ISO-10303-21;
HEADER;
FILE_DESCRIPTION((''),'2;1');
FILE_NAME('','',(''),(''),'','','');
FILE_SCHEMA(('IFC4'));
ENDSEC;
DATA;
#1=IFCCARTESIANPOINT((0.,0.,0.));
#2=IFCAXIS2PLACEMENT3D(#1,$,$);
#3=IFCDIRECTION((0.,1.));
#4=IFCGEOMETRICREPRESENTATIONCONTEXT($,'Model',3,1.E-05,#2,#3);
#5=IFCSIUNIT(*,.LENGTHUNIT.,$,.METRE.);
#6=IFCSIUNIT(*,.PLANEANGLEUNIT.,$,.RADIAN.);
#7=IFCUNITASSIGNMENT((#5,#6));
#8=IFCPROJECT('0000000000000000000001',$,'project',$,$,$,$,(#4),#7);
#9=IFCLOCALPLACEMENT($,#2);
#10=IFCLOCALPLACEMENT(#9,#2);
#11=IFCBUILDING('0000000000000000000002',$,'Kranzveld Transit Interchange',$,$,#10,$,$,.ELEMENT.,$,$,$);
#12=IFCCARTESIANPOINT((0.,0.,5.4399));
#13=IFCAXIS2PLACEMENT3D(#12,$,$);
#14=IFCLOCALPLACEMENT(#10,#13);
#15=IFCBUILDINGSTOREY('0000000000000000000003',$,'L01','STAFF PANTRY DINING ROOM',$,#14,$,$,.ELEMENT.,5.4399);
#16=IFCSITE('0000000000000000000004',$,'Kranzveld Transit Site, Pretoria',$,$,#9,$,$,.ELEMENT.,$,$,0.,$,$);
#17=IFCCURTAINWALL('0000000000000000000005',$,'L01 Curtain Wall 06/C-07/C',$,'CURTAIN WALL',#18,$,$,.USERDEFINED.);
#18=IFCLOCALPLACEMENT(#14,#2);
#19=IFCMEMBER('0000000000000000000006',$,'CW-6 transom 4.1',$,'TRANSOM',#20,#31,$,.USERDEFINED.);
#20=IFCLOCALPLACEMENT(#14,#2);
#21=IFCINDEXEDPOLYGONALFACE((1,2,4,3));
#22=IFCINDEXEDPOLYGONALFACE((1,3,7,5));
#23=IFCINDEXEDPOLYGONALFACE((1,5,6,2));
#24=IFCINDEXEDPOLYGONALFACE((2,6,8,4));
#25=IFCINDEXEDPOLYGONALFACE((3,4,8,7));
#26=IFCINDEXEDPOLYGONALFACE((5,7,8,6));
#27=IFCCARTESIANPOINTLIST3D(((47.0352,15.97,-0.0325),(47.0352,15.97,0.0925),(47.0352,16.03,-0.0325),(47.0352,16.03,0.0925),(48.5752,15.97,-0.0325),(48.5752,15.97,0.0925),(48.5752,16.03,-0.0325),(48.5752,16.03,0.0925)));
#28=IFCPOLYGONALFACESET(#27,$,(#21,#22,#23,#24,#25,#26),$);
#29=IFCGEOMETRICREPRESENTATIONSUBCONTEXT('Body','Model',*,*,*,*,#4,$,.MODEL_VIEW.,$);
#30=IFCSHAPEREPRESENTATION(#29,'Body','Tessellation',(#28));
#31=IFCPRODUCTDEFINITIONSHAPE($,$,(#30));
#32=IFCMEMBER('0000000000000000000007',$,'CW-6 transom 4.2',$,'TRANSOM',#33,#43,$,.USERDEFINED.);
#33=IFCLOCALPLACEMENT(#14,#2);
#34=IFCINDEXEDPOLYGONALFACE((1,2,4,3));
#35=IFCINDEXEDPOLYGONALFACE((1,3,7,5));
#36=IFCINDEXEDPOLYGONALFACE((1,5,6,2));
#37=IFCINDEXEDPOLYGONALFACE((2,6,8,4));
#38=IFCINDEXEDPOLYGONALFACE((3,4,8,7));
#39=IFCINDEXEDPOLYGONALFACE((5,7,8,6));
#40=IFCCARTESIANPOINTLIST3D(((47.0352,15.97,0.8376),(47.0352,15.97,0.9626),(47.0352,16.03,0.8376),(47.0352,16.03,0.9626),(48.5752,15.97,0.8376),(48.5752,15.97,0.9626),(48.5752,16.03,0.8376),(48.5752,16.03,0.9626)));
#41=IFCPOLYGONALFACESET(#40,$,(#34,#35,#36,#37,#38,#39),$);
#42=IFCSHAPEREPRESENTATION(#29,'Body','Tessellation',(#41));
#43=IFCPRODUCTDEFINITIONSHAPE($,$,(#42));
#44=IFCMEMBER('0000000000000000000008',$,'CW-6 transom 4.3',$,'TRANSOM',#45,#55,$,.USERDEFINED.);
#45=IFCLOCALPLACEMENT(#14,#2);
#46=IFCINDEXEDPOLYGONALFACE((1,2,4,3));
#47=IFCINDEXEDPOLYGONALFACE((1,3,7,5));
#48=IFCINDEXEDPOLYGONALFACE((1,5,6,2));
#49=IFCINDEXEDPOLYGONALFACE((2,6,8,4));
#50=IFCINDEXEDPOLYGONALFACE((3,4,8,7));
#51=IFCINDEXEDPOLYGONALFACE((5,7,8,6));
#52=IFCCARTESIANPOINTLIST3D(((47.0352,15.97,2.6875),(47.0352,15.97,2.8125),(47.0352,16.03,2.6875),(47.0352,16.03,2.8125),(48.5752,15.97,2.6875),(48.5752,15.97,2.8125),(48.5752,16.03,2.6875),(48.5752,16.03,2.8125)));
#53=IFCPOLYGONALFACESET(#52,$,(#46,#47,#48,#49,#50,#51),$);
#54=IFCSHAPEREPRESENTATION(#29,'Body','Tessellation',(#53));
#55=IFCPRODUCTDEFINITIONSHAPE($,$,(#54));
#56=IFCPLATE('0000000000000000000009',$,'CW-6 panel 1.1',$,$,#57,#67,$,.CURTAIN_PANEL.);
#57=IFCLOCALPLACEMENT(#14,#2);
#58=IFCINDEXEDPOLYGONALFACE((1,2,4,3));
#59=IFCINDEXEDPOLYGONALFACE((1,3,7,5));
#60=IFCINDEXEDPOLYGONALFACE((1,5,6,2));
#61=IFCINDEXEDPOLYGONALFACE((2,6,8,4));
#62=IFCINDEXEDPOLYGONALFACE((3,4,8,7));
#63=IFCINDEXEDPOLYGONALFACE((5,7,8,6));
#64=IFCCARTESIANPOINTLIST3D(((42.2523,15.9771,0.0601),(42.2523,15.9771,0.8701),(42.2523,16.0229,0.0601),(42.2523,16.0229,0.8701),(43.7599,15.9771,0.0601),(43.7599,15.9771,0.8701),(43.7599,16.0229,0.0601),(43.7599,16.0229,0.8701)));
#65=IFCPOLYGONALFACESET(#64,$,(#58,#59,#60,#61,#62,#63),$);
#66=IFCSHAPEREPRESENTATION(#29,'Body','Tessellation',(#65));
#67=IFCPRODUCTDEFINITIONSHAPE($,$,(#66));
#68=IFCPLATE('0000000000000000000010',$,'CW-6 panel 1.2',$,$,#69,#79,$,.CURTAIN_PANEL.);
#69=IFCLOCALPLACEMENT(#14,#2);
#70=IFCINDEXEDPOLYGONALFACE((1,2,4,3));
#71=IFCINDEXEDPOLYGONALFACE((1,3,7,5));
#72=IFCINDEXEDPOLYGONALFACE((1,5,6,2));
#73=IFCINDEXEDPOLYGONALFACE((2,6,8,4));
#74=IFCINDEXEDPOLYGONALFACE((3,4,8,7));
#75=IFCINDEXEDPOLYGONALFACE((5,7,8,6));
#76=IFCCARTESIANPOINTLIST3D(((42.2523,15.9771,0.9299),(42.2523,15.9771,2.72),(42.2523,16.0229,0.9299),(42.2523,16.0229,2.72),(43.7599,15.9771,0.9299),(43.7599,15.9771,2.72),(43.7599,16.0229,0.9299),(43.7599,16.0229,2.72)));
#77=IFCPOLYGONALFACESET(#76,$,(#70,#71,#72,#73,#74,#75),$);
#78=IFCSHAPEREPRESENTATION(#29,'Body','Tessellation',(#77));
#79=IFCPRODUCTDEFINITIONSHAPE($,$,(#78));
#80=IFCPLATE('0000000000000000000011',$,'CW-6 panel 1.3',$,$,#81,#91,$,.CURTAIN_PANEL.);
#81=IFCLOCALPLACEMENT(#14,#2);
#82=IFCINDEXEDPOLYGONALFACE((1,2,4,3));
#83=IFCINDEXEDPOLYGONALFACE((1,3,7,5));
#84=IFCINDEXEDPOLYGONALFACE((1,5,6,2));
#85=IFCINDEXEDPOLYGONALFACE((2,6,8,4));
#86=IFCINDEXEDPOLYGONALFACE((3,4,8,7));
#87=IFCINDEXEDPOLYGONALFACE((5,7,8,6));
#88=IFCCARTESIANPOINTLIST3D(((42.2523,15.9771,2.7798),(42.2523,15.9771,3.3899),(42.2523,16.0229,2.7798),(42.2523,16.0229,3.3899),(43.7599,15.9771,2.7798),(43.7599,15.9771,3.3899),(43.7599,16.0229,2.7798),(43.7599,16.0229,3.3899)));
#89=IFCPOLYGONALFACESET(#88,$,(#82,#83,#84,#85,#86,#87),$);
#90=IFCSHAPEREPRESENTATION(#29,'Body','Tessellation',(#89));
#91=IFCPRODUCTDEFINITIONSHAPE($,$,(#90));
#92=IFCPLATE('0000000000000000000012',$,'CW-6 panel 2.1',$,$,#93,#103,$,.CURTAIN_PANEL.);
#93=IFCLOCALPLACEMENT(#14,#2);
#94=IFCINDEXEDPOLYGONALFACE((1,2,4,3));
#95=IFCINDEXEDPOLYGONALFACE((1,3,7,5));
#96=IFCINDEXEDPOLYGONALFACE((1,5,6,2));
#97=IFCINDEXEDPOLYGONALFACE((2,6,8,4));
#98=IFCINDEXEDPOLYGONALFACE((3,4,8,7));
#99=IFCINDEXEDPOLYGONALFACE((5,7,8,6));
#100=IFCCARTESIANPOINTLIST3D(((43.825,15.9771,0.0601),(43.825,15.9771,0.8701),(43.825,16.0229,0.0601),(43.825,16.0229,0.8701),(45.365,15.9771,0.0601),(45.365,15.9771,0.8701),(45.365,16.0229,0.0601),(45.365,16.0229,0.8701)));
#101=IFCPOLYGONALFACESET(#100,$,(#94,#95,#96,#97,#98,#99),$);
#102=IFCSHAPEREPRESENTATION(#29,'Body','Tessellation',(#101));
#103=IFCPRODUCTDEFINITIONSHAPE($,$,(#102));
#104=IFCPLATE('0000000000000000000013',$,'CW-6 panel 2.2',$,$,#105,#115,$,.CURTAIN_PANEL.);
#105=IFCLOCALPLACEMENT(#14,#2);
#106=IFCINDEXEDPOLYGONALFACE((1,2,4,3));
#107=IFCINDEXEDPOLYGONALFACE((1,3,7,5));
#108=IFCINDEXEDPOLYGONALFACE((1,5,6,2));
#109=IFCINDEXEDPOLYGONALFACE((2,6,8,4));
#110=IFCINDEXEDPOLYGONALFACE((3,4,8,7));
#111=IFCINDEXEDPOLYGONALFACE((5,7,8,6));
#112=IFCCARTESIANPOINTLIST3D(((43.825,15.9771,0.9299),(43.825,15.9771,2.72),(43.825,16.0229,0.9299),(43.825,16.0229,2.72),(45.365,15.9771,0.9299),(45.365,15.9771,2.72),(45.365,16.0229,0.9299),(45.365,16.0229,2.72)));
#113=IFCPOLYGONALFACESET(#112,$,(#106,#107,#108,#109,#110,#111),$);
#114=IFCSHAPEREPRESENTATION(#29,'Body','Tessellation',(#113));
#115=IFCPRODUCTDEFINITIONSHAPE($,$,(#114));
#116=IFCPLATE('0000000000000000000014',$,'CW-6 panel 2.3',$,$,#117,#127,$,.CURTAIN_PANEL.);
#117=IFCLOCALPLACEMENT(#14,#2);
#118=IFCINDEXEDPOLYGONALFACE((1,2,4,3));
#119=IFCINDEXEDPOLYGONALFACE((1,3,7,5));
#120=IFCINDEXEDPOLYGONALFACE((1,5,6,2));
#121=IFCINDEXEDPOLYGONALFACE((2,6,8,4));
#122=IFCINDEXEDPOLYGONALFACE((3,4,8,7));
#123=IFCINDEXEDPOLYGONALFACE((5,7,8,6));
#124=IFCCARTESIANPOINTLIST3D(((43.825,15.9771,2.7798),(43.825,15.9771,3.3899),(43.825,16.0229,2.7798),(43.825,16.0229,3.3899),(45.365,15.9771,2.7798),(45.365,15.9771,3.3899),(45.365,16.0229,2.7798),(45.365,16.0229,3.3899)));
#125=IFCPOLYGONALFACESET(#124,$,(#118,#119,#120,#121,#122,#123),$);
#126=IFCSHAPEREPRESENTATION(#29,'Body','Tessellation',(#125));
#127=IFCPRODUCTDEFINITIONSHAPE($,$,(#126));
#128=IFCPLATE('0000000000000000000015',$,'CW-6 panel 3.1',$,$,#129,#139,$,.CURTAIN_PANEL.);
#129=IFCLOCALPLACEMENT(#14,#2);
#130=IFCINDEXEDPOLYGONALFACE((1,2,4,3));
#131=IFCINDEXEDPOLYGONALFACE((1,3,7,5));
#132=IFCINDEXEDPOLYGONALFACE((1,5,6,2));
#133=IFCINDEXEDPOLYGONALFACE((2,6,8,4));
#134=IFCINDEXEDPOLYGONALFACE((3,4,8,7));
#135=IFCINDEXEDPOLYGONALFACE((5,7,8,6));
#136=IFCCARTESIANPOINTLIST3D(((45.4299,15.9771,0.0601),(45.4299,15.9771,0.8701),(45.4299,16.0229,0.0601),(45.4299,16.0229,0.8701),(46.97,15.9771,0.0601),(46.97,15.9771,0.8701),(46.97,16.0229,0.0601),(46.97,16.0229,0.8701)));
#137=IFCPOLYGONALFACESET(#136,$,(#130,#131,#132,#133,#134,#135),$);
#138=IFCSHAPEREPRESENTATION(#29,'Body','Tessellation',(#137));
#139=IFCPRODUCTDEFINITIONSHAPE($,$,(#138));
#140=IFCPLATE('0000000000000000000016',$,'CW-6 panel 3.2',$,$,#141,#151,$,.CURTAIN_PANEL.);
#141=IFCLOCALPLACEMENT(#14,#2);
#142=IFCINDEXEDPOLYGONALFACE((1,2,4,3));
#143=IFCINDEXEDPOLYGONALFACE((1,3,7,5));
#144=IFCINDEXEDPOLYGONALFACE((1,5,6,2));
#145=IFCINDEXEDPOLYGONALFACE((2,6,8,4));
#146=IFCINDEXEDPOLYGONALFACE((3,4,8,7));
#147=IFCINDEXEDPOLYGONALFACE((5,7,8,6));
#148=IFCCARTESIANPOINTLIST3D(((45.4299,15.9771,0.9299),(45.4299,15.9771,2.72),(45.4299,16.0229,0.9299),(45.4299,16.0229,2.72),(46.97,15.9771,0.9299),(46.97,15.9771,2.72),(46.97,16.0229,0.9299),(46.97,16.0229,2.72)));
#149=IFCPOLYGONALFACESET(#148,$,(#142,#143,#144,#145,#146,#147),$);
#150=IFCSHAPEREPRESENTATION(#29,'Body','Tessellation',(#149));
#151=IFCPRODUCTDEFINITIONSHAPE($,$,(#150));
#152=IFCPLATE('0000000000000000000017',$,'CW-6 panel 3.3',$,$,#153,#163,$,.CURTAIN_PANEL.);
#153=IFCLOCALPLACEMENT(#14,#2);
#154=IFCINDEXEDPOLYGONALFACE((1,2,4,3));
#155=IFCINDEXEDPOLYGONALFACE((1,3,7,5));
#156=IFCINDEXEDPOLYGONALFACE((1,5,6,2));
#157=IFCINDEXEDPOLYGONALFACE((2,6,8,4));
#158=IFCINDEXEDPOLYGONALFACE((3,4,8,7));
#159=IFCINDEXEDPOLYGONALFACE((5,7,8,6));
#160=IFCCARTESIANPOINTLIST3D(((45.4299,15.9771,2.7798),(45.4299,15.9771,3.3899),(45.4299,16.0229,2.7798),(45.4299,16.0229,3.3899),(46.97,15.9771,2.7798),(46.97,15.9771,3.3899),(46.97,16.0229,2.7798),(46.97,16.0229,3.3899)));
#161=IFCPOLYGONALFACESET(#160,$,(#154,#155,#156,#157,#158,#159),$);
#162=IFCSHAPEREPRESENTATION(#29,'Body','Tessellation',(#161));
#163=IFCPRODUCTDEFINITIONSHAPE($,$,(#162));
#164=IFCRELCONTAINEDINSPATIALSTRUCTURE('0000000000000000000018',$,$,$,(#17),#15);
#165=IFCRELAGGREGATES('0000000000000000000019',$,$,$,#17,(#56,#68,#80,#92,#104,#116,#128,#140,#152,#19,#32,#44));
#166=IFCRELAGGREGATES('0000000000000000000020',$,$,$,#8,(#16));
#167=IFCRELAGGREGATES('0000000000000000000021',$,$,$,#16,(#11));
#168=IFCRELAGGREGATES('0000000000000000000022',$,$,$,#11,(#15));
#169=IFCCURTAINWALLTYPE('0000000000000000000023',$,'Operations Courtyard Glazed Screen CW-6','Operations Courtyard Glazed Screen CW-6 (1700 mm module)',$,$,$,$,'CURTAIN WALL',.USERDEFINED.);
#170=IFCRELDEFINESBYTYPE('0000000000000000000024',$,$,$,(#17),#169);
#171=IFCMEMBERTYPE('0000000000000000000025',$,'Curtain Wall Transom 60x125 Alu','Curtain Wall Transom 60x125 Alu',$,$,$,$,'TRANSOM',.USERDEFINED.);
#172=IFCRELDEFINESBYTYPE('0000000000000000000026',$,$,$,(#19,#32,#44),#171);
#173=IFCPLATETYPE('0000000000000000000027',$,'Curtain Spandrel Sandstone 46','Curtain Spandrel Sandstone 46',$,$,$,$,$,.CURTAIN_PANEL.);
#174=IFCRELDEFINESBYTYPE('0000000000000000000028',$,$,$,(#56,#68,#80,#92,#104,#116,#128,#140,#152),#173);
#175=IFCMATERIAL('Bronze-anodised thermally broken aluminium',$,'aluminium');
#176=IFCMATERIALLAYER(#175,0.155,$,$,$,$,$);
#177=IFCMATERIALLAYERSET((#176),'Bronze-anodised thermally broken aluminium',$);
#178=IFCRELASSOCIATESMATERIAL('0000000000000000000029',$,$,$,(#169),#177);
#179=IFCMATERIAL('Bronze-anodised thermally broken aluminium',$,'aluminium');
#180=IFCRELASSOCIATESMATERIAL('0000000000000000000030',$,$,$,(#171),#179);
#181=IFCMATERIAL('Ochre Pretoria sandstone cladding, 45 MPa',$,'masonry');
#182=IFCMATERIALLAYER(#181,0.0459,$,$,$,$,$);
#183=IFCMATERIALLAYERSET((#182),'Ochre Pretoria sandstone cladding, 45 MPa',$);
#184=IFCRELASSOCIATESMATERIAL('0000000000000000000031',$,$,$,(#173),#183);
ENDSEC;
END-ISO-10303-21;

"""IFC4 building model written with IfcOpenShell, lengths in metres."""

from ifc_helpers import new_model, si_unit, direction, frame, origin, origin_2d, place, context, subcontext, project, spatial, rectangle, extrude, material, layer, layer_set, material_profile, profile_set, type_object, element, aggregate, save


model = new_model("IFC4")

# Units and contexts
model_context = context("Model", 3, precision=1e-05, world=origin(), true_north=direction((0.0, 1.0)))
body_context = subcontext(model_context, "Body", "Model", "MODEL_VIEW")
ifc_project = project(units=[si_unit("LENGTHUNIT", "METRE"), si_unit("PLANEANGLEUNIT", "RADIAN")], contexts=[model_context])

# Site, building, storey
site_placement = place(None, origin())
site = spatial("IfcSite", under=ifc_project, at=site_placement, Name="Kranzveld Transit Site, Pretoria", CompositionType="ELEMENT", RefElevation=0.0)
building_placement = place(site_placement, origin())
building = spatial("IfcBuilding", under=site, at=building_placement, Name="Kranzveld Transit Interchange", CompositionType="ELEMENT")
storey_placement = place(building_placement, frame((0.0, 0.0, 5.4399)))
storey = spatial("IfcBuildingStorey", under=building, at=storey_placement, Name="L01", Description="STAFF PANTRY DINING ROOM", CompositionType="ELEMENT", Elevation=5.4399)

# Curtain wall, members, plates
ifc_material_1 = material(Name="Bronze-anodised thermally broken aluminium", Category="aluminium")
ifc_layer_1 = layer(ifc_material_1, 0.155)
ifc_layer_set_1 = layer_set([ifc_layer_1], Name="Bronze-anodised thermally broken aluminium")
curtain_wall_type = type_object("IfcCurtainWallType", Name="Operations Courtyard Glazed Screen CW-6", Description="Operations Courtyard Glazed Screen CW-6 (1700 mm module)", ElementType="CURTAIN WALL", PredefinedType="USERDEFINED", material=ifc_layer_set_1)
curtain_wall_placement = place(storey_placement, origin())
curtain_wall = element("IfcCurtainWall", 1, at=curtain_wall_placement, inside=storey, type_object=curtain_wall_type, Name="L01 Curtain Wall 06/C-07/C", ObjectType="CURTAIN WALL", PredefinedType="USERDEFINED")
ifc_material_2 = material(Name="Bronze-anodised thermally broken aluminium", Category="aluminium")
ifc_material_profile_1 = material_profile(ifc_material_2, rectangle(XDim=0.0601, YDim=0.125, at=origin_2d()), Name="ALU TRANSOM 60x125")
ifc_profile_set_1 = profile_set([ifc_material_profile_1], Name="Bronze-anodised thermally broken aluminium")
member_type_1 = type_object("IfcMemberType", Name="Curtain Wall Transom 60x125 Alu", Description="Curtain Wall Transom 60x125 Alu", ElementType="TRANSOM", PredefinedType="USERDEFINED", material=ifc_profile_set_1)
member_1_placement = place(storey_placement, frame((47.0352, 16.0, 0.03), z_axis=(1.0, 0.0, 0.0), x_axis=(0.0, 1.0, 0.0)))
member_1 = element("IfcMember", 2, at=member_1_placement, type_object=member_type_1, Name="CW-6 transom 4.1", ObjectType="TRANSOM", PredefinedType="USERDEFINED", context=body_context, shape_type="SweptSolid", body=[
    extrude(rectangle(XDim=0.0601, YDim=0.125, at=origin_2d()), origin(), (0.0, 0.0, 1.0), 1.54),
])
member_2_placement = place(storey_placement, frame((47.0352, 16.0, 0.9001), z_axis=(1.0, 0.0, 0.0), x_axis=(0.0, 1.0, 0.0)))
member_2 = element("IfcMember", 3, at=member_2_placement, type_object=member_type_1, Name="CW-6 transom 4.2", ObjectType="TRANSOM", PredefinedType="USERDEFINED", context=body_context, shape_type="SweptSolid", body=[
    extrude(rectangle(XDim=0.0601, YDim=0.125, at=origin_2d()), origin(), (0.0, 0.0, 1.0), 1.54),
])
member_3_placement = place(storey_placement, frame((47.0352, 16.0, 2.75), z_axis=(1.0, 0.0, 0.0), x_axis=(0.0, 1.0, 0.0)))
member_3 = element("IfcMember", 4, at=member_3_placement, type_object=member_type_1, Name="CW-6 transom 4.3", ObjectType="TRANSOM", PredefinedType="USERDEFINED", context=body_context, shape_type="SweptSolid", body=[
    extrude(rectangle(XDim=0.0601, YDim=0.125, at=origin_2d()), origin(), (0.0, 0.0, 1.0), 1.54),
])
ifc_material_3 = material(Name="Ochre Pretoria sandstone cladding, 45 MPa", Category="masonry")
ifc_layer_2 = layer(ifc_material_3, 0.0459)
ifc_layer_set_2 = layer_set([ifc_layer_2], Name="Ochre Pretoria sandstone cladding, 45 MPa")
plate_type = type_object("IfcPlateType", Name="Curtain Spandrel Sandstone 46", Description="Curtain Spandrel Sandstone 46", PredefinedType="CURTAIN_PANEL", material=ifc_layer_set_2)
plate_1_placement = place(storey_placement, frame((43.0061, 16.0, 0.0601), z_axis=(0.0, 0.0, 1.0), x_axis=(1.0, 0.0, 0.0)))
plate_1 = element("IfcPlate", 5, at=plate_1_placement, type_object=plate_type, Name="CW-6 panel 1.1", PredefinedType="CURTAIN_PANEL", context=body_context, shape_type="SweptSolid", body=[
    extrude(rectangle(XDim=1.5076, YDim=0.0459, at=origin_2d()), origin(), (0.0, 0.0, 1.0), 0.8101),
])
plate_2_placement = place(storey_placement, frame((43.0061, 16.0, 0.9299), z_axis=(0.0, 0.0, 1.0), x_axis=(1.0, 0.0, 0.0)))
plate_2 = element("IfcPlate", 6, at=plate_2_placement, type_object=plate_type, Name="CW-6 panel 1.2", PredefinedType="CURTAIN_PANEL", context=body_context, shape_type="SweptSolid", body=[
    extrude(rectangle(XDim=1.5076, YDim=0.0459, at=origin_2d()), origin(), (0.0, 0.0, 1.0), 1.79),
])
plate_3_placement = place(storey_placement, frame((43.0061, 16.0, 2.7798), z_axis=(0.0, 0.0, 1.0), x_axis=(1.0, 0.0, 0.0)))
plate_3 = element("IfcPlate", 7, at=plate_3_placement, type_object=plate_type, Name="CW-6 panel 1.3", PredefinedType="CURTAIN_PANEL", context=body_context, shape_type="SweptSolid", body=[
    extrude(rectangle(XDim=1.5076, YDim=0.0459, at=origin_2d()), origin(), (0.0, 0.0, 1.0), 0.6101),
])
plate_4_placement = place(storey_placement, frame((44.595, 16.0, 0.0601), z_axis=(0.0, 0.0, 1.0), x_axis=(1.0, 0.0, 0.0)))
plate_4 = element("IfcPlate", 8, at=plate_4_placement, type_object=plate_type, Name="CW-6 panel 2.1", PredefinedType="CURTAIN_PANEL", context=body_context, shape_type="SweptSolid", body=[
    extrude(rectangle(XDim=1.54, YDim=0.0459, at=origin_2d()), origin(), (0.0, 0.0, 1.0), 0.8101),
])
plate_5_placement = place(storey_placement, frame((44.595, 16.0, 0.9299), z_axis=(0.0, 0.0, 1.0), x_axis=(1.0, 0.0, 0.0)))
plate_5 = element("IfcPlate", 9, at=plate_5_placement, type_object=plate_type, Name="CW-6 panel 2.2", PredefinedType="CURTAIN_PANEL", context=body_context, shape_type="SweptSolid", body=[
    extrude(rectangle(XDim=1.54, YDim=0.0459, at=origin_2d()), origin(), (0.0, 0.0, 1.0), 1.79),
])
plate_6_placement = place(storey_placement, frame((44.595, 16.0, 2.7798), z_axis=(0.0, 0.0, 1.0), x_axis=(1.0, 0.0, 0.0)))
plate_6 = element("IfcPlate", 10, at=plate_6_placement, type_object=plate_type, Name="CW-6 panel 2.3", PredefinedType="CURTAIN_PANEL", context=body_context, shape_type="SweptSolid", body=[
    extrude(rectangle(XDim=1.54, YDim=0.0459, at=origin_2d()), origin(), (0.0, 0.0, 1.0), 0.6101),
])
plate_7_placement = place(storey_placement, frame((46.2, 16.0, 0.0601), z_axis=(0.0, 0.0, 1.0), x_axis=(1.0, 0.0, 0.0)))
plate_7 = element("IfcPlate", 11, at=plate_7_placement, type_object=plate_type, Name="CW-6 panel 3.1", PredefinedType="CURTAIN_PANEL", context=body_context, shape_type="SweptSolid", body=[
    extrude(rectangle(XDim=1.54, YDim=0.0459, at=origin_2d()), origin(), (0.0, 0.0, 1.0), 0.8101),
])
plate_8_placement = place(storey_placement, frame((46.2, 16.0, 0.9299), z_axis=(0.0, 0.0, 1.0), x_axis=(1.0, 0.0, 0.0)))
plate_8 = element("IfcPlate", 12, at=plate_8_placement, type_object=plate_type, Name="CW-6 panel 3.2", PredefinedType="CURTAIN_PANEL", context=body_context, shape_type="SweptSolid", body=[
    extrude(rectangle(XDim=1.54, YDim=0.0459, at=origin_2d()), origin(), (0.0, 0.0, 1.0), 1.79),
])
plate_9_placement = place(storey_placement, frame((46.2, 16.0, 2.7798), z_axis=(0.0, 0.0, 1.0), x_axis=(1.0, 0.0, 0.0)))
plate_9 = element("IfcPlate", 13, at=plate_9_placement, type_object=plate_type, Name="CW-6 panel 3.3", PredefinedType="CURTAIN_PANEL", context=body_context, shape_type="SweptSolid", body=[
    extrude(rectangle(XDim=1.54, YDim=0.0459, at=origin_2d()), origin(), (0.0, 0.0, 1.0), 0.6101),
])
aggregate(curtain_wall, [plate_1, plate_2, plate_3, plate_4, plate_5, plate_6, plate_7, plate_8, plate_9, member_1, member_2, member_3])

save(model, "model.ifc")
